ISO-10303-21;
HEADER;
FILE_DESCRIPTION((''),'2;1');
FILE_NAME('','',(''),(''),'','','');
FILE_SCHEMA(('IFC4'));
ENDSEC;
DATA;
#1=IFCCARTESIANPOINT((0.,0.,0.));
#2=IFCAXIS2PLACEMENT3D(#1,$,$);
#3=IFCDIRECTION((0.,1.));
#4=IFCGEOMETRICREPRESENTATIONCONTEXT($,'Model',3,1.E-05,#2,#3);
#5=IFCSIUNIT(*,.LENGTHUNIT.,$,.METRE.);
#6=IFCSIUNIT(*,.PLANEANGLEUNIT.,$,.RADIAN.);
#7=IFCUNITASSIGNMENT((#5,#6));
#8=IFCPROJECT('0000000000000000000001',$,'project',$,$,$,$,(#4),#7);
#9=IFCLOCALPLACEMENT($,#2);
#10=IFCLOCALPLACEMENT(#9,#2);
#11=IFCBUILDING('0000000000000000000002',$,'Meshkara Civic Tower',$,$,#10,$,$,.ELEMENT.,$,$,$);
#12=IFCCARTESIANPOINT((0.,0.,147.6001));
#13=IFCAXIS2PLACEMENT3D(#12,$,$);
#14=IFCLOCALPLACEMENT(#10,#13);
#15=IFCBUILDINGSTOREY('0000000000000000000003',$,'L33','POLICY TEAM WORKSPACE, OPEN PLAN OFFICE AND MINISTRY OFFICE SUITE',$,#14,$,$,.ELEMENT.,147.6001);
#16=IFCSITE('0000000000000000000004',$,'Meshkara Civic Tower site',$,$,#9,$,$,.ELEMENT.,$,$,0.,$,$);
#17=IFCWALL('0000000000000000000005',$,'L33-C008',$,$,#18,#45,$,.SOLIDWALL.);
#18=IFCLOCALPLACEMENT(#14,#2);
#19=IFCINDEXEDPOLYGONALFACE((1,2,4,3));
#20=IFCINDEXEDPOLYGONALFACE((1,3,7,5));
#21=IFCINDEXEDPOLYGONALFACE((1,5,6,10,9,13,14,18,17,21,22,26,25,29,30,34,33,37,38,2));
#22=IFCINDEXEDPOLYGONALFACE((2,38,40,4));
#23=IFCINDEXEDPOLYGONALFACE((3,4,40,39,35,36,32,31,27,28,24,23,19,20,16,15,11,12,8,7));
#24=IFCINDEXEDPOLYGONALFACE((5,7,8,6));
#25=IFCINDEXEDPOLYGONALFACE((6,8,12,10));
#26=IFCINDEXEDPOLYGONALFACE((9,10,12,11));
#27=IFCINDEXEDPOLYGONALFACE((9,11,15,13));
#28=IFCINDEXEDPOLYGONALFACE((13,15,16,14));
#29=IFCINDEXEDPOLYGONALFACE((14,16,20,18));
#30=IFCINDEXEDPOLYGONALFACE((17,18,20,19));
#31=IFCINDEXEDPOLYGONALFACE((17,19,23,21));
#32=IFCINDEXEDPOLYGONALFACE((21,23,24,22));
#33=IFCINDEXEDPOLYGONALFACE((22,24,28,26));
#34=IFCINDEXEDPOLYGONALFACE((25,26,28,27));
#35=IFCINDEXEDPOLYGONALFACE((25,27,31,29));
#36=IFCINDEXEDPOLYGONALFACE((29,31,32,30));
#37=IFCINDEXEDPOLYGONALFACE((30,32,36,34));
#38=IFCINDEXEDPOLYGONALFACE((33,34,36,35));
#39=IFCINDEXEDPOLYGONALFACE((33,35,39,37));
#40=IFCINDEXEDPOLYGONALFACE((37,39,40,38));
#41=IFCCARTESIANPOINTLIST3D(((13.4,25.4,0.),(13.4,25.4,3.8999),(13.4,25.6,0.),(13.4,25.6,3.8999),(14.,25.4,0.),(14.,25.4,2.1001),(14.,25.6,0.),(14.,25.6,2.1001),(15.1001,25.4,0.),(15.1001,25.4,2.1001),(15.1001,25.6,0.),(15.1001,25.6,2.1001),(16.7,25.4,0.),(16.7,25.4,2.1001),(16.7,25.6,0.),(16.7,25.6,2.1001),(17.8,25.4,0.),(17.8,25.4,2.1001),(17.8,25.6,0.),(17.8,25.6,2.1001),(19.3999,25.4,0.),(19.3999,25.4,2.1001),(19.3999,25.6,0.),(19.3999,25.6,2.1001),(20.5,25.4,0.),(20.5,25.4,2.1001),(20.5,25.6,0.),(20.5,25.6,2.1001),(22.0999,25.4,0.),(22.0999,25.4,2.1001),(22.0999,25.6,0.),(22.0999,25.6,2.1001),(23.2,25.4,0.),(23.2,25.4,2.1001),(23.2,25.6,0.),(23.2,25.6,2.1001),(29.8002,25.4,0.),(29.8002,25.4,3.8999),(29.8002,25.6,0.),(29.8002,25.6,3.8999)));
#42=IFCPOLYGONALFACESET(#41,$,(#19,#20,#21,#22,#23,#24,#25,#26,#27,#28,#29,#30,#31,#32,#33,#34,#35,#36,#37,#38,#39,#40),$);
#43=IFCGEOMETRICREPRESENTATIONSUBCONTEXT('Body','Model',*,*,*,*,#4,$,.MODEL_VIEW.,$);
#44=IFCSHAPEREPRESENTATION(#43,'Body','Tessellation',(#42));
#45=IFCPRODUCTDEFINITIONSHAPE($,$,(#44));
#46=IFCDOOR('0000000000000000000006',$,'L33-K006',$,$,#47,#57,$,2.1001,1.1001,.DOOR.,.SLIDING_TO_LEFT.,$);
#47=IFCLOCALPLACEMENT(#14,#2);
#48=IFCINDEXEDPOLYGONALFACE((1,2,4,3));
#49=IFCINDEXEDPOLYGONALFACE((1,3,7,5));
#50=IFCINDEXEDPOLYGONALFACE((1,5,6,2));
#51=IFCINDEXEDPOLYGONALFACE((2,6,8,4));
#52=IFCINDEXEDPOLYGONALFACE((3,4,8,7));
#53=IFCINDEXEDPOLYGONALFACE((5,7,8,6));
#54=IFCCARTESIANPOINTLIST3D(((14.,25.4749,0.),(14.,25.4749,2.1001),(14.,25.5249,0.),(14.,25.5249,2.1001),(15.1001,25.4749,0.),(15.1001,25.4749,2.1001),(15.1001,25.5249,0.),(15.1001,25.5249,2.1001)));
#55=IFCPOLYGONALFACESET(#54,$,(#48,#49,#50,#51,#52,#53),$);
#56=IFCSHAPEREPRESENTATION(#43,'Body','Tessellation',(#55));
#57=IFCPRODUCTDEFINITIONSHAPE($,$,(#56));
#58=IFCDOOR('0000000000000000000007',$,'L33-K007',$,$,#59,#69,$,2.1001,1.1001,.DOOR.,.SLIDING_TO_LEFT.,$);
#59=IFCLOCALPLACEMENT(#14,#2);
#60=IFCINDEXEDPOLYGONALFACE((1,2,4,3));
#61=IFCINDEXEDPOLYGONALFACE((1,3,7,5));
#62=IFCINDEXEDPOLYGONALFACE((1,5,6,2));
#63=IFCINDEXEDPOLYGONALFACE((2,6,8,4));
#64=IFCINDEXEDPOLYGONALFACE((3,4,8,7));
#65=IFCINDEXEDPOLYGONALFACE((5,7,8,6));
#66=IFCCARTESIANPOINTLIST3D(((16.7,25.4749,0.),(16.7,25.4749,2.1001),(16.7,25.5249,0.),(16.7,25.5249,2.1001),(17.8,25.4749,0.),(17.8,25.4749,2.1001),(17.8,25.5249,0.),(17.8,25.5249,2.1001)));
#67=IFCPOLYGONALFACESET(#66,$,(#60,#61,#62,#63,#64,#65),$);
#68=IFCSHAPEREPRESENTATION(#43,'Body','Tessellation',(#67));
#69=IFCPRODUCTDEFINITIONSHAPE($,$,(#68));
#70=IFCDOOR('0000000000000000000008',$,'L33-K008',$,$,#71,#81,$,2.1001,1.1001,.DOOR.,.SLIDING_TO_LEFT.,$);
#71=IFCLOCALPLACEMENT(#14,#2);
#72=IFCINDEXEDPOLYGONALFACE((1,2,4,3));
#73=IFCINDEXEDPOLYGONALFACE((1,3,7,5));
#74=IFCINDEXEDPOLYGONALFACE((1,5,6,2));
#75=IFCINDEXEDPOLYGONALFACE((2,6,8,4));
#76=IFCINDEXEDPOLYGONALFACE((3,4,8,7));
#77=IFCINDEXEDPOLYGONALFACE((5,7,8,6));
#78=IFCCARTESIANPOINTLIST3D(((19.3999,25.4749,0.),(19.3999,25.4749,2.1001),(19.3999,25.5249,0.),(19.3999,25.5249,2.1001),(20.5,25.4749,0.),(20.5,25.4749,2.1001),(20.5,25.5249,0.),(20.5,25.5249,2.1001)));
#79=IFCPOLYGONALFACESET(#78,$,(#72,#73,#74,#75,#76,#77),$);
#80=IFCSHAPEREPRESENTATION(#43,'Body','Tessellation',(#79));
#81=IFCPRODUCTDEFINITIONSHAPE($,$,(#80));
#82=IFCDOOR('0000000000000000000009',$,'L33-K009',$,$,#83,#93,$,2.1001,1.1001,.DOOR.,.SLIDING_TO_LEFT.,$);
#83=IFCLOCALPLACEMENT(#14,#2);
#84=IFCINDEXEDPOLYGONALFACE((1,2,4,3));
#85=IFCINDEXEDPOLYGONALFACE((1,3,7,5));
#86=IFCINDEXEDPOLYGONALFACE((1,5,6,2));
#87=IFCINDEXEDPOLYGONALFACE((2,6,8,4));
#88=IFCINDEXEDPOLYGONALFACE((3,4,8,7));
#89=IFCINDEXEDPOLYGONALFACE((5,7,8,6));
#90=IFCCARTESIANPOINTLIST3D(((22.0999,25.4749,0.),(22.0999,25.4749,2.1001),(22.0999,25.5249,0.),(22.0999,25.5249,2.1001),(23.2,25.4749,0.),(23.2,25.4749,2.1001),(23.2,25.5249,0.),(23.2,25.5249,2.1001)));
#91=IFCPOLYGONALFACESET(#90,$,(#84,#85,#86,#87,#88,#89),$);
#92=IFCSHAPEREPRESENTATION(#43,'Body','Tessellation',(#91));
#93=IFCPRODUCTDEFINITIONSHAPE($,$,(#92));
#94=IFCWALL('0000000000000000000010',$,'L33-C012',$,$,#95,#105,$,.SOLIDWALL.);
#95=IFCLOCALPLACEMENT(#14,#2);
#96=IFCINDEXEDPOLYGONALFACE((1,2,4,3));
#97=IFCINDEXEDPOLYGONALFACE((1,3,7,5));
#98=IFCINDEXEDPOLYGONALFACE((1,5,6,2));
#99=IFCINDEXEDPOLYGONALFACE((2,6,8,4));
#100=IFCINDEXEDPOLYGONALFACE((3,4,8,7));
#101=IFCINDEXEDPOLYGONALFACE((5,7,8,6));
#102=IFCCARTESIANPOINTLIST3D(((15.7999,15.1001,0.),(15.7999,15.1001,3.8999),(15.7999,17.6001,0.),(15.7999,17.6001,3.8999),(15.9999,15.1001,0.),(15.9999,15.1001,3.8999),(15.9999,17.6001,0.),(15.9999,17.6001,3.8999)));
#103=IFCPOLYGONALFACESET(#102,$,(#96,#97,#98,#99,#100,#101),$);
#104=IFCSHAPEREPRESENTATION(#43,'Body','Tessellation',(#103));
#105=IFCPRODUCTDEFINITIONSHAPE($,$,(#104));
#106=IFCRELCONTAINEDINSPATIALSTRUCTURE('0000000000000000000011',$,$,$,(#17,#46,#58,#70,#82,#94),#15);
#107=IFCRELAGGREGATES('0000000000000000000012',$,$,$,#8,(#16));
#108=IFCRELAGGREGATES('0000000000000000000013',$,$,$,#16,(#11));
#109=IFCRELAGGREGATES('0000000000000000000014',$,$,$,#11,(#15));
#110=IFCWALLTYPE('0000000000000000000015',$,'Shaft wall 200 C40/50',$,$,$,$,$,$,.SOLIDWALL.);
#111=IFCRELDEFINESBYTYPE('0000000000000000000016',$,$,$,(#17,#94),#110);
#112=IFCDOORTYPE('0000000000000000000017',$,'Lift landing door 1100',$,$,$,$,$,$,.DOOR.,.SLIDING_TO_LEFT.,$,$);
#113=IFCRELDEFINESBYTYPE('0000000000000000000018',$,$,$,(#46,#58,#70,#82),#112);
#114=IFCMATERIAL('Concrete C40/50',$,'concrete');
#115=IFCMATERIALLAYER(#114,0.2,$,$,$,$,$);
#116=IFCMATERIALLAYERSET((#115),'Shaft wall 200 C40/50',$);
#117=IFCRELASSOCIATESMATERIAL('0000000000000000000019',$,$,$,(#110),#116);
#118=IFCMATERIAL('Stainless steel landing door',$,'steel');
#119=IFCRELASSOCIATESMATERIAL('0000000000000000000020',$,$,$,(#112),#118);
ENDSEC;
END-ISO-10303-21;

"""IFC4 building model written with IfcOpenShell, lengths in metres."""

from ifc_helpers import new_model, si_unit, direction, frame, frame_2d, origin, place, context, subcontext, project, spatial, rectangle, extrude, material, layer, layer_set, type_object, element, fill, save


model = new_model("IFC4")

# Units and contexts
model_context = context("Model", 3, precision=1e-05, world=origin(), true_north=direction((0.0, 1.0)))
body_context = subcontext(model_context, "Body", "Model", "MODEL_VIEW")
ifc_project = project(units=[si_unit("LENGTHUNIT", "METRE"), si_unit("PLANEANGLEUNIT", "RADIAN")], contexts=[model_context])

# Site, building, storey
site_placement = place(None, origin())
site = spatial("IfcSite", under=ifc_project, at=site_placement, Name="Meshkara Civic Tower site", CompositionType="ELEMENT", RefElevation=0.0)
building_placement = place(site_placement, origin())
building = spatial("IfcBuilding", under=site, at=building_placement, Name="Meshkara Civic Tower", CompositionType="ELEMENT")
storey_placement = place(building_placement, frame((0.0, 0.0, 147.6001)))
storey = spatial("IfcBuildingStorey", under=building, at=storey_placement, Name="L33", Description="POLICY TEAM WORKSPACE, OPEN PLAN OFFICE AND MINISTRY OFFICE SUITE", CompositionType="ELEMENT", Elevation=147.6001)

# Shared definitions
ifc_material_1 = material(Name="Concrete C40/50", Category="concrete")
ifc_layer_1 = layer(ifc_material_1, 0.2)
ifc_layer_set_1 = layer_set([ifc_layer_1], Name="Shaft wall 200 C40/50")
wall_type_1 = type_object("IfcWallType", Name="Shaft wall 200 C40/50", PredefinedType="SOLIDWALL", material=ifc_layer_set_1)
ifc_material_2 = material(Name="Stainless steel landing door", Category="steel")
door_type_1 = type_object("IfcDoorType", Name="Lift landing door 1100", OperationType="SLIDING_TO_LEFT", PredefinedType="DOOR", material=ifc_material_2)

# Wall, openings, doors
wall_1_placement = place(storey_placement, frame((13.3999, 25.5, 0.0), z_axis=(0.0, 0.0, 1.0), x_axis=(1.0, 0.0, 0.0)))
wall_1 = element("IfcWall", 1, at=wall_1_placement, inside=storey, type_object=wall_type_1, Name="L33-C008", PredefinedType="SOLIDWALL", context=body_context, shape_type="SweptSolid", body=[
    extrude(rectangle(XDim=16.4001, YDim=0.2, at=frame_2d((8.2002, 0.0))), origin(), (0.0, 0.0, 1.0), 3.8999),
])
opening_1_placement = place(wall_1_placement, frame((0.6001, 0.0, 0.0)))
opening_1 = element("IfcOpeningElement", 2, at=opening_1_placement, cuts=wall_1, PredefinedType="OPENING", context=body_context, shape_type="SweptSolid", body=[
    extrude(rectangle(XDim=1.1001, YDim=2.1001, at=frame_2d((0.55, 1.05))), frame((0.0, 0.1099, 0.0), z_axis=(0.0, -1.0, 0.0), x_axis=(1.0, 0.0, 0.0)), (0.0, 0.0, 1.0), 0.22),
])
opening_2_placement = place(wall_1_placement, frame((3.3, 0.0, 0.0)))
opening_2 = element("IfcOpeningElement", 3, at=opening_2_placement, cuts=wall_1, PredefinedType="OPENING", context=body_context, shape_type="SweptSolid", body=[
    extrude(rectangle(XDim=1.1001, YDim=2.1001, at=frame_2d((0.55, 1.05))), frame((0.0, 0.1099, 0.0), z_axis=(0.0, -1.0, 0.0), x_axis=(1.0, 0.0, 0.0)), (0.0, 0.0, 1.0), 0.22),
])
opening_3_placement = place(wall_1_placement, frame((6.0, 0.0, 0.0)))
opening_3 = element("IfcOpeningElement", 4, at=opening_3_placement, cuts=wall_1, PredefinedType="OPENING", context=body_context, shape_type="SweptSolid", body=[
    extrude(rectangle(XDim=1.1001, YDim=2.1001, at=frame_2d((0.55, 1.05))), frame((0.0, 0.1099, 0.0), z_axis=(0.0, -1.0, 0.0), x_axis=(1.0, 0.0, 0.0)), (0.0, 0.0, 1.0), 0.22),
])
opening_4_placement = place(wall_1_placement, frame((8.7, 0.0, 0.0)))
opening_4 = element("IfcOpeningElement", 5, at=opening_4_placement, cuts=wall_1, PredefinedType="OPENING", context=body_context, shape_type="SweptSolid", body=[
    extrude(rectangle(XDim=1.1001, YDim=2.1001, at=frame_2d((0.55, 1.05))), frame((0.0, 0.1099, 0.0), z_axis=(0.0, -1.0, 0.0), x_axis=(1.0, 0.0, 0.0)), (0.0, 0.0, 1.0), 0.22),
])
door_1_placement = place(opening_1_placement, origin())
door_1 = element("IfcDoor", 6, at=door_1_placement, inside=storey, type_object=door_type_1, Name="L33-K006", OperationType="SLIDING_TO_LEFT", OverallHeight=2.1001, OverallWidth=1.1001, PredefinedType="DOOR", context=body_context, shape_type="SweptSolid", body=[
    extrude(rectangle(XDim=1.1001, YDim=2.1001, at=frame_2d((0.55, 1.05))), frame((0.0, 0.0249, 0.0), z_axis=(0.0, -1.0, 0.0), x_axis=(1.0, 0.0, 0.0)), (0.0, 0.0, 1.0), 0.05),
])
fill(opening_1, door_1)
door_2_placement = place(opening_2_placement, origin())
door_2 = element("IfcDoor", 7, at=door_2_placement, inside=storey, type_object=door_type_1, Name="L33-K007", OperationType="SLIDING_TO_LEFT", OverallHeight=2.1001, OverallWidth=1.1001, PredefinedType="DOOR", context=body_context, shape_type="SweptSolid", body=[
    extrude(rectangle(XDim=1.1001, YDim=2.1001, at=frame_2d((0.55, 1.05))), frame((0.0, 0.0249, 0.0), z_axis=(0.0, -1.0, 0.0), x_axis=(1.0, 0.0, 0.0)), (0.0, 0.0, 1.0), 0.05),
])
fill(opening_2, door_2)
door_3_placement = place(opening_3_placement, origin())
door_3 = element("IfcDoor", 8, at=door_3_placement, inside=storey, type_object=door_type_1, Name="L33-K008", OperationType="SLIDING_TO_LEFT", OverallHeight=2.1001, OverallWidth=1.1001, PredefinedType="DOOR", context=body_context, shape_type="SweptSolid", body=[
    extrude(rectangle(XDim=1.1001, YDim=2.1001, at=frame_2d((0.55, 1.05))), frame((0.0, 0.0249, 0.0), z_axis=(0.0, -1.0, 0.0), x_axis=(1.0, 0.0, 0.0)), (0.0, 0.0, 1.0), 0.05),
])
fill(opening_3, door_3)
door_4_placement = place(opening_4_placement, origin())
door_4 = element("IfcDoor", 9, at=door_4_placement, inside=storey, type_object=door_type_1, Name="L33-K009", OperationType="SLIDING_TO_LEFT", OverallHeight=2.1001, OverallWidth=1.1001, PredefinedType="DOOR", context=body_context, shape_type="SweptSolid", body=[
    extrude(rectangle(XDim=1.1001, YDim=2.1001, at=frame_2d((0.55, 1.05))), frame((0.0, 0.0249, 0.0), z_axis=(0.0, -1.0, 0.0), x_axis=(1.0, 0.0, 0.0)), (0.0, 0.0, 1.0), 0.05),
])
fill(opening_4, door_4)

# Wall
wall_2_placement = place(storey_placement, frame((15.8999, 15.1001, 0.0), z_axis=(0.0, 0.0, 1.0), x_axis=(0.0, 1.0, 0.0)))
element("IfcWall", 10, at=wall_2_placement, inside=storey, type_object=wall_type_1, Name="L33-C012", PredefinedType="SOLIDWALL", context=body_context, shape_type="SweptSolid", body=[
    extrude(rectangle(XDim=2.5, YDim=0.2, at=frame_2d((1.25, 0.0))), origin(), (0.0, 0.0, 1.0), 3.8999),
])

save(model, "model.ifc")
